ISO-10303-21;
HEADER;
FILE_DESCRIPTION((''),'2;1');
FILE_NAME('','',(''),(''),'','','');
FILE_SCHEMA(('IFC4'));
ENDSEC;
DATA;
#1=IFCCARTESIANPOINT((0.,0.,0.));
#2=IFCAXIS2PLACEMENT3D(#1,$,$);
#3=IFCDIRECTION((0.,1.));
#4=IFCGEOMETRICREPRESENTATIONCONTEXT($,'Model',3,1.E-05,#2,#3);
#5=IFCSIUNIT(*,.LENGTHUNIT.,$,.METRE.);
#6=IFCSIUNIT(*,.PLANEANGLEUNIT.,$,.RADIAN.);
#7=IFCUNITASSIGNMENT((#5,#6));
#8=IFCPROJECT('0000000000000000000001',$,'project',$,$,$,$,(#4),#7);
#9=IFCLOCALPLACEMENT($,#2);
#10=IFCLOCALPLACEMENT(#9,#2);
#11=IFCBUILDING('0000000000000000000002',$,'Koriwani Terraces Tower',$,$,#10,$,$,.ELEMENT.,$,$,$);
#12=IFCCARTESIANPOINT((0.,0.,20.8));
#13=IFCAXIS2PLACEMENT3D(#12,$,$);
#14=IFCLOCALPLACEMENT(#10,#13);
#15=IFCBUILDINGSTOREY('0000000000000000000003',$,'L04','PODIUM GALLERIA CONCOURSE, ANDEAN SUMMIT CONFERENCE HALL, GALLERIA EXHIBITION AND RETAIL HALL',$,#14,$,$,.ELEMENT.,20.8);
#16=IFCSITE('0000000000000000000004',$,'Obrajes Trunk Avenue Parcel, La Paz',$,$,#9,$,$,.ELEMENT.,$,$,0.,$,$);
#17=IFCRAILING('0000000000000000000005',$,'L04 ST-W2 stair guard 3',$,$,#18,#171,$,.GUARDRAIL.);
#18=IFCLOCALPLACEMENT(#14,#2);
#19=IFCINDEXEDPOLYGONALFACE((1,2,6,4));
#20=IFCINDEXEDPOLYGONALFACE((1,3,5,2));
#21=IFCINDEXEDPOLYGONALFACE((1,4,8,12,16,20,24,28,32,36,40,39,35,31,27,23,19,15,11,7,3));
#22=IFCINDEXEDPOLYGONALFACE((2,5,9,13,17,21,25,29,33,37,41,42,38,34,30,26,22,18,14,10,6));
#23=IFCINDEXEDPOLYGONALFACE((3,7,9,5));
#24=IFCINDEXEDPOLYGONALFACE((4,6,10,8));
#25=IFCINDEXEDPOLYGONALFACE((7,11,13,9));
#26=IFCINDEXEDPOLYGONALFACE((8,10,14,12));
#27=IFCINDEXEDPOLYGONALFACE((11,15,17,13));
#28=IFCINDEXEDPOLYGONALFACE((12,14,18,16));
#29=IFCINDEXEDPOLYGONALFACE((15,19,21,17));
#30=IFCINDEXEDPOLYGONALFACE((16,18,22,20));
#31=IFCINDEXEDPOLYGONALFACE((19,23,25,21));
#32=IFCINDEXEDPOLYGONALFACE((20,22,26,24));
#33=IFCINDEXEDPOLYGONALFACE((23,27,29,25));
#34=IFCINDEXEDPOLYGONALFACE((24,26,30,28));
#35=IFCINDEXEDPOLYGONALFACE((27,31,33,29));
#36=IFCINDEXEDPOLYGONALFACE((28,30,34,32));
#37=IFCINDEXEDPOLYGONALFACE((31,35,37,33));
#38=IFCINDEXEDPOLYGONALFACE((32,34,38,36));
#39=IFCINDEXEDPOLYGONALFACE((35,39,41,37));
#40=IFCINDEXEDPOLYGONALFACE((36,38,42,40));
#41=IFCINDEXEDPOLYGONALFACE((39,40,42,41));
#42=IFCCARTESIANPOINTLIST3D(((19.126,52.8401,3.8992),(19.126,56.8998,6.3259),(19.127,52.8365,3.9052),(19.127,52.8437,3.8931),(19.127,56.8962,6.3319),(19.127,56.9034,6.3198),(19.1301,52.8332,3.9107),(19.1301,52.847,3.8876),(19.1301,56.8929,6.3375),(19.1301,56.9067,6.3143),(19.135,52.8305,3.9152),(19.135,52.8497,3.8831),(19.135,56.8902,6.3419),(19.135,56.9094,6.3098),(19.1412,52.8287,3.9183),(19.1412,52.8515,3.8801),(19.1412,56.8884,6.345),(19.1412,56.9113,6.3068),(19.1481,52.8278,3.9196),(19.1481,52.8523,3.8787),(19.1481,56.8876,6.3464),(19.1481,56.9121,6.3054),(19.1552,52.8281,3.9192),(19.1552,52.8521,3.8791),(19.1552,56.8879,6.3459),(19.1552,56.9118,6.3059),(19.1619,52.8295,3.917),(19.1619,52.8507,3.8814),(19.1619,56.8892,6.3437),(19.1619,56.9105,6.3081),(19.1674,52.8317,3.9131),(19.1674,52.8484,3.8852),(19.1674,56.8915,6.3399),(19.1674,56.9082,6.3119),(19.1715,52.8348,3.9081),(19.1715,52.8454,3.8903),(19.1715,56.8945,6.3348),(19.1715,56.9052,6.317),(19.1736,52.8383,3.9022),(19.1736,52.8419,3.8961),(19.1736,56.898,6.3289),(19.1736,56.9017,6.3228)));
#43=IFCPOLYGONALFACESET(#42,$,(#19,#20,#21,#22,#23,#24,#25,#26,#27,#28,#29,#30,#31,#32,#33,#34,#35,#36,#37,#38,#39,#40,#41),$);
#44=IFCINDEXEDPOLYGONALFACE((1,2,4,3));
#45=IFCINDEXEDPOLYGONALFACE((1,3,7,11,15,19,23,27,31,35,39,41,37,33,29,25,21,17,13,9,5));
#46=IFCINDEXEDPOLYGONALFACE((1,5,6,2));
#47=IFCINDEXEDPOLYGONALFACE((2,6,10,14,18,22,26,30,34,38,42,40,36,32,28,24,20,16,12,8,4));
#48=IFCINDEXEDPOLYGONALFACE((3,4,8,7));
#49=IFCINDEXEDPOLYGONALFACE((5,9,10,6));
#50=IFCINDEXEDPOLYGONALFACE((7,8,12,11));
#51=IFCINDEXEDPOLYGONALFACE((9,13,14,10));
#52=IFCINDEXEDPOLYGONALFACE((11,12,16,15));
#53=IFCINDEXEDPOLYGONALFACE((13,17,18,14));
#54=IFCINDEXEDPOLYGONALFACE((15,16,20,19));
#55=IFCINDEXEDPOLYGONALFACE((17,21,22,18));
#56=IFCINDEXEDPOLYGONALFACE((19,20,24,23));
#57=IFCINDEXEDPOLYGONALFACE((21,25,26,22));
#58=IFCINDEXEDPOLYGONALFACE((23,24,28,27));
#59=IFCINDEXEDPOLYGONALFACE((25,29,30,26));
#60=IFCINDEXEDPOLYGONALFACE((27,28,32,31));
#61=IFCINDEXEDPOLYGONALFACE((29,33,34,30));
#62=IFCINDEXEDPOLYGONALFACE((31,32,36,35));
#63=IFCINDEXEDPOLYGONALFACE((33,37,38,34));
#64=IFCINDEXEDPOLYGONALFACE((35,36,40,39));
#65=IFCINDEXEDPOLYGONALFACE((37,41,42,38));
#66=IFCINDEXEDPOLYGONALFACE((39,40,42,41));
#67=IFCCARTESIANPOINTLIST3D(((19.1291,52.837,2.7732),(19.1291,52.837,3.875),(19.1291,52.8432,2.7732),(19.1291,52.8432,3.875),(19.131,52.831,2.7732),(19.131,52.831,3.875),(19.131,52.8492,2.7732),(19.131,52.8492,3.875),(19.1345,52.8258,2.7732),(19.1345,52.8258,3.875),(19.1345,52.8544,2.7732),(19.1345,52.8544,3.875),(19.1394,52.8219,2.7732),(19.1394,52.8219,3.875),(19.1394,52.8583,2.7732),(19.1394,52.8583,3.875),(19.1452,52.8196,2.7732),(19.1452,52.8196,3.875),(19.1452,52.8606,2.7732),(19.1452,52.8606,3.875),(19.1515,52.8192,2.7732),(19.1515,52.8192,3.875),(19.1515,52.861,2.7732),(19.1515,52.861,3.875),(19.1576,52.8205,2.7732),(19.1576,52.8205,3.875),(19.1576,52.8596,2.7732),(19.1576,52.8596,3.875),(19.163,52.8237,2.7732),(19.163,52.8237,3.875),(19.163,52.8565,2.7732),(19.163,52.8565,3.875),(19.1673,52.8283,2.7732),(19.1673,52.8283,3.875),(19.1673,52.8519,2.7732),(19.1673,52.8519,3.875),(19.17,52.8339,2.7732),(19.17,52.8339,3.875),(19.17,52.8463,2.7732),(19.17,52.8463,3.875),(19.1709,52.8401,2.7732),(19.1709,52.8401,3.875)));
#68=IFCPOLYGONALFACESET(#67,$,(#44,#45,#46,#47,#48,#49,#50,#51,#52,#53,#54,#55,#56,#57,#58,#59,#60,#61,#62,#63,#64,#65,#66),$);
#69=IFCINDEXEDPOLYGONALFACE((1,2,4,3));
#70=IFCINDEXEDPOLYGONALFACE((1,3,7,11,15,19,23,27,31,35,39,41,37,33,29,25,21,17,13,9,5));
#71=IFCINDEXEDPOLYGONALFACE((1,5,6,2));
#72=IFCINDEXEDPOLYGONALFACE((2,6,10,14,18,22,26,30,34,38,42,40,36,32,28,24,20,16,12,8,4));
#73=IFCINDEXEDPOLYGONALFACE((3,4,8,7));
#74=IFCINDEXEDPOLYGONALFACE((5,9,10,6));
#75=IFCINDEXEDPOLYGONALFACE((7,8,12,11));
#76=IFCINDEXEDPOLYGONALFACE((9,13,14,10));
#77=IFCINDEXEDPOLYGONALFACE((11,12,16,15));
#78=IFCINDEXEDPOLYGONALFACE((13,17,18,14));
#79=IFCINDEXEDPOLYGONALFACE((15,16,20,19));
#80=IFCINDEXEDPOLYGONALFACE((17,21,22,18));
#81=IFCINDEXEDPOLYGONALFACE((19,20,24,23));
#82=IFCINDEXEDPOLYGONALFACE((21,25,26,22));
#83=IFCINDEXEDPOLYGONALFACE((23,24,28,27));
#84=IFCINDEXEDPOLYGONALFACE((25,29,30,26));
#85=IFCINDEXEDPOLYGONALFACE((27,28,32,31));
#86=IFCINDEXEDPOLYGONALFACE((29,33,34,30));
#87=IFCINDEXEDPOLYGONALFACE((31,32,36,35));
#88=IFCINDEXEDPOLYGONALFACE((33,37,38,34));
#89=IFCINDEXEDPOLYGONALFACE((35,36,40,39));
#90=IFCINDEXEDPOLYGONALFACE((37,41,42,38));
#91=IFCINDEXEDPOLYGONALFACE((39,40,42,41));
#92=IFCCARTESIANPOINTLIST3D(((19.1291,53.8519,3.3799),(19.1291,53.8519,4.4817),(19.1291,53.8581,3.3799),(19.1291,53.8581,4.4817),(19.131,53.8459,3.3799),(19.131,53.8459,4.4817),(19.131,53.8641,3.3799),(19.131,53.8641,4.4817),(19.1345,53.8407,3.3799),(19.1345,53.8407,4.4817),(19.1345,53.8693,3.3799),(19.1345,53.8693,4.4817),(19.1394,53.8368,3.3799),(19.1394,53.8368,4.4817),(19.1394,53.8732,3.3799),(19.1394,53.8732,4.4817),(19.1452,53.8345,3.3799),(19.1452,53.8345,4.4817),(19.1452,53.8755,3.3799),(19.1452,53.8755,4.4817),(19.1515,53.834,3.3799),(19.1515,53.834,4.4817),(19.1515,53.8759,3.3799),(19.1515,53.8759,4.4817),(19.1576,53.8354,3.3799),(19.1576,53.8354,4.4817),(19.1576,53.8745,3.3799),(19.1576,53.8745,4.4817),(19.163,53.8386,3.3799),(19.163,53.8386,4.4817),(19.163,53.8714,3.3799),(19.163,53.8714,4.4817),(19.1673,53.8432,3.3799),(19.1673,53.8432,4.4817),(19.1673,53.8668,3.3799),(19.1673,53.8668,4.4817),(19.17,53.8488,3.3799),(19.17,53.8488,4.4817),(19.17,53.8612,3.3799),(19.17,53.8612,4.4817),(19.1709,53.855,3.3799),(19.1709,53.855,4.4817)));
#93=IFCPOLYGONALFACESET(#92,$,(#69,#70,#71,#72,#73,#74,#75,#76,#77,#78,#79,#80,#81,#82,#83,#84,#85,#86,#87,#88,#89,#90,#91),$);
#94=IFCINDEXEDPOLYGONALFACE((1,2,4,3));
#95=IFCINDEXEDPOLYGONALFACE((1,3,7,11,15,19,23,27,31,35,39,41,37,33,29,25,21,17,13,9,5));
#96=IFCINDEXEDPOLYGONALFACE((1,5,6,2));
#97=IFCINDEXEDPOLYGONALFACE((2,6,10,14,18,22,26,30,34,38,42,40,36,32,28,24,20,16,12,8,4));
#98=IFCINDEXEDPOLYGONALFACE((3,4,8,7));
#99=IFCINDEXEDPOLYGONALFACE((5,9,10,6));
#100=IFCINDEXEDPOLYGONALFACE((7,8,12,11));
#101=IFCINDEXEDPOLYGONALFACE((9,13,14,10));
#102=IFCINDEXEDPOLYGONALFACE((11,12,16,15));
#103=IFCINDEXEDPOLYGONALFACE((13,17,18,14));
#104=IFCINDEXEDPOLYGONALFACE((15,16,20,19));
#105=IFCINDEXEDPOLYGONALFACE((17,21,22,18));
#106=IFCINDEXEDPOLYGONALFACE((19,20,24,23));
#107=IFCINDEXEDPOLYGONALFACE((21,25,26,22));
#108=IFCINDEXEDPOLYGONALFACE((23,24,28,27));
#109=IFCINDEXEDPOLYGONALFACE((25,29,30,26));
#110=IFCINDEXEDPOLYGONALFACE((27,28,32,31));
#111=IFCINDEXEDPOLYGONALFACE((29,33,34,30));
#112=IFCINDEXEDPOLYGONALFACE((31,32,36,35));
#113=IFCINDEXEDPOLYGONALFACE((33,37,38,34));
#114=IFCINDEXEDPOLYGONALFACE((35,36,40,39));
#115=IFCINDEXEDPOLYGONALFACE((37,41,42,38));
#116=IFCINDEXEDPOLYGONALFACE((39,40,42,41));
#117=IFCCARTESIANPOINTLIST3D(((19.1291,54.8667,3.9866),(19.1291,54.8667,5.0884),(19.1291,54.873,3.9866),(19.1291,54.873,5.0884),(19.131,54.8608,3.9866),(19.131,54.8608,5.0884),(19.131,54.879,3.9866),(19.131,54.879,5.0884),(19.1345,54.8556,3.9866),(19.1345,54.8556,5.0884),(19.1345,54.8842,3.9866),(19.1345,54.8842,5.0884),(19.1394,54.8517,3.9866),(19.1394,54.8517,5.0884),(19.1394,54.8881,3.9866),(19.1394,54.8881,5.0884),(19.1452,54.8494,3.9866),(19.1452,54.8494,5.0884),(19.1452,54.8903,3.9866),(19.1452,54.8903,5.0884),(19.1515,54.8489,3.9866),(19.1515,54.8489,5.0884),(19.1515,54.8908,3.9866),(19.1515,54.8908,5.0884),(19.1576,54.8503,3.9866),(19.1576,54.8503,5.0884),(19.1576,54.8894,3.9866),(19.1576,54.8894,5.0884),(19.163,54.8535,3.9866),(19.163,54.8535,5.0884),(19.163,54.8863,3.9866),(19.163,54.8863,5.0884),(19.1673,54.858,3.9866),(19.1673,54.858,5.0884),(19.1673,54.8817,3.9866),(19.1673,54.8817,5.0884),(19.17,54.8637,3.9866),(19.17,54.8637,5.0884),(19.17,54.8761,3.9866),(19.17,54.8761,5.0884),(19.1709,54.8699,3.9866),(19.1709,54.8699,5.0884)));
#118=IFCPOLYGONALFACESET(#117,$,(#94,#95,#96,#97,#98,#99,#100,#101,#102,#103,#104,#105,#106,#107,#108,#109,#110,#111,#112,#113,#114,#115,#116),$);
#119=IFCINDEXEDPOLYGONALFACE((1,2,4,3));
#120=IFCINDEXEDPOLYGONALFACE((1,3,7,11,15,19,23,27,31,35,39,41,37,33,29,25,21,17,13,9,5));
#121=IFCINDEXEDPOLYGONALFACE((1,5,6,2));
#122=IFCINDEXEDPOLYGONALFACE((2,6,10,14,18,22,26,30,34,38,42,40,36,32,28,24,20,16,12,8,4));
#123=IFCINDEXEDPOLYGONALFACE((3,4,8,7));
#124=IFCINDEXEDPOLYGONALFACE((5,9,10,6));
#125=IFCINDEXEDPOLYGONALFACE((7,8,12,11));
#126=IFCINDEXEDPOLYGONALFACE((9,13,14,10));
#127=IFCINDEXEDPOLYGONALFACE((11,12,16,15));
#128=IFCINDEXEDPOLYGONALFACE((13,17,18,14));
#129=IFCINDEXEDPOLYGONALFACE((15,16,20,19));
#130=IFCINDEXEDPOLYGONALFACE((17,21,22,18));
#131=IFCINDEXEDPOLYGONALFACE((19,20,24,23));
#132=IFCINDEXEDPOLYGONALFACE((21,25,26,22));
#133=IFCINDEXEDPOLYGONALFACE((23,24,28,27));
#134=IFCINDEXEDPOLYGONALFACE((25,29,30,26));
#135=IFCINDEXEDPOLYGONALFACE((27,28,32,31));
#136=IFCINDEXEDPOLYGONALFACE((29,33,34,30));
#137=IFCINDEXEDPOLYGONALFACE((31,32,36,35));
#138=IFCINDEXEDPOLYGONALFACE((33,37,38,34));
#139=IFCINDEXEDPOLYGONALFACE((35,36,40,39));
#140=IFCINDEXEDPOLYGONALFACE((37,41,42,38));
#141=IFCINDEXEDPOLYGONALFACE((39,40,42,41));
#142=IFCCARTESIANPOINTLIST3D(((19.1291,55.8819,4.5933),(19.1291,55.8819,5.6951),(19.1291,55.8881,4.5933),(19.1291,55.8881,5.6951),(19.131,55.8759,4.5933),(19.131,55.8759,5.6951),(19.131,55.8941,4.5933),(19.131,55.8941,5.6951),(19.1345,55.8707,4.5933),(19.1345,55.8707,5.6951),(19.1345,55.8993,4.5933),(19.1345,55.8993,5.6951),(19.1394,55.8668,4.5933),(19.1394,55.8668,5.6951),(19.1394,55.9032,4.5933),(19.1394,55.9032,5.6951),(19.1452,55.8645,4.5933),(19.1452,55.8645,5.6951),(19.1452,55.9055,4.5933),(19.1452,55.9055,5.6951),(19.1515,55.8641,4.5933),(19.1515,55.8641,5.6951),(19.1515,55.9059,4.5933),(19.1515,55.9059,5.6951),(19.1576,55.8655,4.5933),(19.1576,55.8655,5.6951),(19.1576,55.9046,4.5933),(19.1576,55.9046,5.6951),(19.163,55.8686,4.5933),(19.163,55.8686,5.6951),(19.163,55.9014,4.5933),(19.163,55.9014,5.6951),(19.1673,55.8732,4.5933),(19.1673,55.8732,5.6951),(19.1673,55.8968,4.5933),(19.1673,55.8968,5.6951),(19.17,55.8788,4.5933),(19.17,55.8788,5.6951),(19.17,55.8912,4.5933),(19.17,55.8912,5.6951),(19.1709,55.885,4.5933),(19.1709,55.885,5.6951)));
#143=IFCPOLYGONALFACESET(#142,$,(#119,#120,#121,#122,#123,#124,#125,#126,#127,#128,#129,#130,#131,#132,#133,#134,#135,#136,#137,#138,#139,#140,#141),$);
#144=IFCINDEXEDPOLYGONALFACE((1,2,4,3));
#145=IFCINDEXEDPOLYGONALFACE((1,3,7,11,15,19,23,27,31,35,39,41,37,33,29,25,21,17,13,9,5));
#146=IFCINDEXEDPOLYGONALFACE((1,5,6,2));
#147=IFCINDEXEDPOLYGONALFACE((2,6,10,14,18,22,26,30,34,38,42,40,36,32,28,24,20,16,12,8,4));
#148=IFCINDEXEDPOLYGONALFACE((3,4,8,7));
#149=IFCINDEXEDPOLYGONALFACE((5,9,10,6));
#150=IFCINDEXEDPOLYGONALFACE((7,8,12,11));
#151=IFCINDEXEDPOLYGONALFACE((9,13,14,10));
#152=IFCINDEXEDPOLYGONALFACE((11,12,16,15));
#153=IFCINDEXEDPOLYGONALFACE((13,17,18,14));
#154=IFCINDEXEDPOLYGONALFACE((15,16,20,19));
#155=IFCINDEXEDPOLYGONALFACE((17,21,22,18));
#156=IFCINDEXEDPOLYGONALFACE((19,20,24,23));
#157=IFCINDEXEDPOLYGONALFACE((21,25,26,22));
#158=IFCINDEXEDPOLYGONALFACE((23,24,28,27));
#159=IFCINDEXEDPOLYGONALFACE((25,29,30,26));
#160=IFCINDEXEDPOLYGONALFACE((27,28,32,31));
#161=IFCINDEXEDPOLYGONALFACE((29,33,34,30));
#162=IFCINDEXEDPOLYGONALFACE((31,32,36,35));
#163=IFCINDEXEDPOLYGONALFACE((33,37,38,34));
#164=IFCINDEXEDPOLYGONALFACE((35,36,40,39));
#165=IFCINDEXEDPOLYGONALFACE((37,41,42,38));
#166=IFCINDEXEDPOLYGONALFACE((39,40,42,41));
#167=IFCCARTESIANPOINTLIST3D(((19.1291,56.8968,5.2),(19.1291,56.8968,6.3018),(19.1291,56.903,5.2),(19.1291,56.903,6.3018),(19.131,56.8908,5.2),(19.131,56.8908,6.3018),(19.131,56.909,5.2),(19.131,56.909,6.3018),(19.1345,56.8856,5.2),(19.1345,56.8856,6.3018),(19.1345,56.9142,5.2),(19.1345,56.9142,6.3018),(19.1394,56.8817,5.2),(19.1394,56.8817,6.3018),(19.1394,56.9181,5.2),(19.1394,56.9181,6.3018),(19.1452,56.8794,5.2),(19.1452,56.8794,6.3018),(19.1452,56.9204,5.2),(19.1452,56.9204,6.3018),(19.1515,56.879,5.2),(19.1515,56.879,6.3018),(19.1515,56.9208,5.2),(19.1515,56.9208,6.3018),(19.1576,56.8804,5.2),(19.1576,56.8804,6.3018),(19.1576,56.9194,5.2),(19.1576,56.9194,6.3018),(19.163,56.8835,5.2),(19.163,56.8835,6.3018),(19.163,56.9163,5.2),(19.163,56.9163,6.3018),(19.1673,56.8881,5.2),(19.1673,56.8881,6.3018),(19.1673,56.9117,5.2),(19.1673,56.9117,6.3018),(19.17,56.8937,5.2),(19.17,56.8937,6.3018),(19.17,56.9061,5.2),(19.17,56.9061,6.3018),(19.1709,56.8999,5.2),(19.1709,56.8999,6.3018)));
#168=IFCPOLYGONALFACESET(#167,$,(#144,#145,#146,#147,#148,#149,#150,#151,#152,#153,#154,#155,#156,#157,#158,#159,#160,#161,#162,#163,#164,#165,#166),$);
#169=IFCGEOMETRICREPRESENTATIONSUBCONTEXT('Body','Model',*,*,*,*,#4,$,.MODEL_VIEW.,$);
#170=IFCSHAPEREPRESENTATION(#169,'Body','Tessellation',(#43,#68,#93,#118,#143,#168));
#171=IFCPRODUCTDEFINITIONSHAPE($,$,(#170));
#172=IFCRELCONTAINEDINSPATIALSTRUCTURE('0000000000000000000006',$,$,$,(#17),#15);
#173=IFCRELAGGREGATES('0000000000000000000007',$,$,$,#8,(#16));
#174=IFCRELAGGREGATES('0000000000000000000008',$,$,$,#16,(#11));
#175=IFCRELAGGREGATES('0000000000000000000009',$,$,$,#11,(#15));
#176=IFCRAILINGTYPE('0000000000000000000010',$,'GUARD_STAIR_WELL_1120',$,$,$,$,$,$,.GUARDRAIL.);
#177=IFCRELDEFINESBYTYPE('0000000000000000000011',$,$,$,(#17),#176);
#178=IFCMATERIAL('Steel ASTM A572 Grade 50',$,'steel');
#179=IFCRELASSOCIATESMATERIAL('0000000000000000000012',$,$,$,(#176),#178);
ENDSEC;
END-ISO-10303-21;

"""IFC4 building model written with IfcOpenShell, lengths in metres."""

from ifc_helpers import new_model, si_unit, direction, frame, origin, origin_2d, place, context, subcontext, project, spatial, circle, extrude, material, type_object, element, save


model = new_model("IFC4")

# Units and contexts
model_context = context("Model", 3, precision=1e-05, world=origin(), true_north=direction((0.0, 1.0)))
body_context = subcontext(model_context, "Body", "Model", "MODEL_VIEW")
ifc_project = project(units=[si_unit("LENGTHUNIT", "METRE"), si_unit("PLANEANGLEUNIT", "RADIAN")], contexts=[model_context])

# Site, building, storey
site_placement = place(None, origin())
site = spatial("IfcSite", under=ifc_project, at=site_placement, Name="Obrajes Trunk Avenue Parcel, La Paz", CompositionType="ELEMENT", RefElevation=0.0)
building_placement = place(site_placement, origin())
building = spatial("IfcBuilding", under=site, at=building_placement, Name="Koriwani Terraces Tower", CompositionType="ELEMENT")
storey_placement = place(building_placement, frame((0.0, 0.0, 20.8)))
storey = spatial("IfcBuildingStorey", under=building, at=storey_placement, Name="L04", Description="PODIUM GALLERIA CONCOURSE, ANDEAN SUMMIT CONFERENCE HALL, GALLERIA EXHIBITION AND RETAIL HALL", CompositionType="ELEMENT", Elevation=20.8)

# Shared definitions
ifc_material_1 = material(Name="Steel ASTM A572 Grade 50", Category="steel")

# Railing
railing_type_1 = type_object("IfcRailingType", Name="GUARD_STAIR_WELL_1120", PredefinedType="GUARDRAIL", material=ifc_material_1)
railing_1_placement = place(storey_placement, frame((19.1499, 52.8401, 2.7732)))
element("IfcRailing", 1, at=railing_1_placement, inside=storey, type_object=railing_type_1, Name="L04 ST-W2 stair guard 3", PredefinedType="GUARDRAIL", context=body_context, shape_type="SweptSolid", body=[
    extrude(circle(Radius=0.0239, at=origin_2d()), frame((0.0, 0.0, 1.126), z_axis=(0.0, 0.858343, 0.513076), x_axis=(-1.0, 0.0, 0.0)), (0.0, 0.0, 1.0), 4.7297),
    extrude(circle(Radius=0.021, at=origin_2d()), origin(), (0.0, 0.0, 1.0), 1.1018),
    extrude(circle(Radius=0.021, at=origin_2d()), frame((0.0, 1.0149, 0.6067)), (0.0, 0.0, 1.0), 1.1018),
    extrude(circle(Radius=0.021, at=origin_2d()), frame((0.0, 2.0298, 1.2134)), (0.0, 0.0, 1.0), 1.1018),
    extrude(circle(Radius=0.021, at=origin_2d()), frame((0.0, 3.0449, 1.8201)), (0.0, 0.0, 1.0), 1.1018),
    extrude(circle(Radius=0.021, at=origin_2d()), frame((0.0, 4.0598, 2.4268)), (0.0, 0.0, 1.0), 1.1018),
])

save(model, "model.ifc")
